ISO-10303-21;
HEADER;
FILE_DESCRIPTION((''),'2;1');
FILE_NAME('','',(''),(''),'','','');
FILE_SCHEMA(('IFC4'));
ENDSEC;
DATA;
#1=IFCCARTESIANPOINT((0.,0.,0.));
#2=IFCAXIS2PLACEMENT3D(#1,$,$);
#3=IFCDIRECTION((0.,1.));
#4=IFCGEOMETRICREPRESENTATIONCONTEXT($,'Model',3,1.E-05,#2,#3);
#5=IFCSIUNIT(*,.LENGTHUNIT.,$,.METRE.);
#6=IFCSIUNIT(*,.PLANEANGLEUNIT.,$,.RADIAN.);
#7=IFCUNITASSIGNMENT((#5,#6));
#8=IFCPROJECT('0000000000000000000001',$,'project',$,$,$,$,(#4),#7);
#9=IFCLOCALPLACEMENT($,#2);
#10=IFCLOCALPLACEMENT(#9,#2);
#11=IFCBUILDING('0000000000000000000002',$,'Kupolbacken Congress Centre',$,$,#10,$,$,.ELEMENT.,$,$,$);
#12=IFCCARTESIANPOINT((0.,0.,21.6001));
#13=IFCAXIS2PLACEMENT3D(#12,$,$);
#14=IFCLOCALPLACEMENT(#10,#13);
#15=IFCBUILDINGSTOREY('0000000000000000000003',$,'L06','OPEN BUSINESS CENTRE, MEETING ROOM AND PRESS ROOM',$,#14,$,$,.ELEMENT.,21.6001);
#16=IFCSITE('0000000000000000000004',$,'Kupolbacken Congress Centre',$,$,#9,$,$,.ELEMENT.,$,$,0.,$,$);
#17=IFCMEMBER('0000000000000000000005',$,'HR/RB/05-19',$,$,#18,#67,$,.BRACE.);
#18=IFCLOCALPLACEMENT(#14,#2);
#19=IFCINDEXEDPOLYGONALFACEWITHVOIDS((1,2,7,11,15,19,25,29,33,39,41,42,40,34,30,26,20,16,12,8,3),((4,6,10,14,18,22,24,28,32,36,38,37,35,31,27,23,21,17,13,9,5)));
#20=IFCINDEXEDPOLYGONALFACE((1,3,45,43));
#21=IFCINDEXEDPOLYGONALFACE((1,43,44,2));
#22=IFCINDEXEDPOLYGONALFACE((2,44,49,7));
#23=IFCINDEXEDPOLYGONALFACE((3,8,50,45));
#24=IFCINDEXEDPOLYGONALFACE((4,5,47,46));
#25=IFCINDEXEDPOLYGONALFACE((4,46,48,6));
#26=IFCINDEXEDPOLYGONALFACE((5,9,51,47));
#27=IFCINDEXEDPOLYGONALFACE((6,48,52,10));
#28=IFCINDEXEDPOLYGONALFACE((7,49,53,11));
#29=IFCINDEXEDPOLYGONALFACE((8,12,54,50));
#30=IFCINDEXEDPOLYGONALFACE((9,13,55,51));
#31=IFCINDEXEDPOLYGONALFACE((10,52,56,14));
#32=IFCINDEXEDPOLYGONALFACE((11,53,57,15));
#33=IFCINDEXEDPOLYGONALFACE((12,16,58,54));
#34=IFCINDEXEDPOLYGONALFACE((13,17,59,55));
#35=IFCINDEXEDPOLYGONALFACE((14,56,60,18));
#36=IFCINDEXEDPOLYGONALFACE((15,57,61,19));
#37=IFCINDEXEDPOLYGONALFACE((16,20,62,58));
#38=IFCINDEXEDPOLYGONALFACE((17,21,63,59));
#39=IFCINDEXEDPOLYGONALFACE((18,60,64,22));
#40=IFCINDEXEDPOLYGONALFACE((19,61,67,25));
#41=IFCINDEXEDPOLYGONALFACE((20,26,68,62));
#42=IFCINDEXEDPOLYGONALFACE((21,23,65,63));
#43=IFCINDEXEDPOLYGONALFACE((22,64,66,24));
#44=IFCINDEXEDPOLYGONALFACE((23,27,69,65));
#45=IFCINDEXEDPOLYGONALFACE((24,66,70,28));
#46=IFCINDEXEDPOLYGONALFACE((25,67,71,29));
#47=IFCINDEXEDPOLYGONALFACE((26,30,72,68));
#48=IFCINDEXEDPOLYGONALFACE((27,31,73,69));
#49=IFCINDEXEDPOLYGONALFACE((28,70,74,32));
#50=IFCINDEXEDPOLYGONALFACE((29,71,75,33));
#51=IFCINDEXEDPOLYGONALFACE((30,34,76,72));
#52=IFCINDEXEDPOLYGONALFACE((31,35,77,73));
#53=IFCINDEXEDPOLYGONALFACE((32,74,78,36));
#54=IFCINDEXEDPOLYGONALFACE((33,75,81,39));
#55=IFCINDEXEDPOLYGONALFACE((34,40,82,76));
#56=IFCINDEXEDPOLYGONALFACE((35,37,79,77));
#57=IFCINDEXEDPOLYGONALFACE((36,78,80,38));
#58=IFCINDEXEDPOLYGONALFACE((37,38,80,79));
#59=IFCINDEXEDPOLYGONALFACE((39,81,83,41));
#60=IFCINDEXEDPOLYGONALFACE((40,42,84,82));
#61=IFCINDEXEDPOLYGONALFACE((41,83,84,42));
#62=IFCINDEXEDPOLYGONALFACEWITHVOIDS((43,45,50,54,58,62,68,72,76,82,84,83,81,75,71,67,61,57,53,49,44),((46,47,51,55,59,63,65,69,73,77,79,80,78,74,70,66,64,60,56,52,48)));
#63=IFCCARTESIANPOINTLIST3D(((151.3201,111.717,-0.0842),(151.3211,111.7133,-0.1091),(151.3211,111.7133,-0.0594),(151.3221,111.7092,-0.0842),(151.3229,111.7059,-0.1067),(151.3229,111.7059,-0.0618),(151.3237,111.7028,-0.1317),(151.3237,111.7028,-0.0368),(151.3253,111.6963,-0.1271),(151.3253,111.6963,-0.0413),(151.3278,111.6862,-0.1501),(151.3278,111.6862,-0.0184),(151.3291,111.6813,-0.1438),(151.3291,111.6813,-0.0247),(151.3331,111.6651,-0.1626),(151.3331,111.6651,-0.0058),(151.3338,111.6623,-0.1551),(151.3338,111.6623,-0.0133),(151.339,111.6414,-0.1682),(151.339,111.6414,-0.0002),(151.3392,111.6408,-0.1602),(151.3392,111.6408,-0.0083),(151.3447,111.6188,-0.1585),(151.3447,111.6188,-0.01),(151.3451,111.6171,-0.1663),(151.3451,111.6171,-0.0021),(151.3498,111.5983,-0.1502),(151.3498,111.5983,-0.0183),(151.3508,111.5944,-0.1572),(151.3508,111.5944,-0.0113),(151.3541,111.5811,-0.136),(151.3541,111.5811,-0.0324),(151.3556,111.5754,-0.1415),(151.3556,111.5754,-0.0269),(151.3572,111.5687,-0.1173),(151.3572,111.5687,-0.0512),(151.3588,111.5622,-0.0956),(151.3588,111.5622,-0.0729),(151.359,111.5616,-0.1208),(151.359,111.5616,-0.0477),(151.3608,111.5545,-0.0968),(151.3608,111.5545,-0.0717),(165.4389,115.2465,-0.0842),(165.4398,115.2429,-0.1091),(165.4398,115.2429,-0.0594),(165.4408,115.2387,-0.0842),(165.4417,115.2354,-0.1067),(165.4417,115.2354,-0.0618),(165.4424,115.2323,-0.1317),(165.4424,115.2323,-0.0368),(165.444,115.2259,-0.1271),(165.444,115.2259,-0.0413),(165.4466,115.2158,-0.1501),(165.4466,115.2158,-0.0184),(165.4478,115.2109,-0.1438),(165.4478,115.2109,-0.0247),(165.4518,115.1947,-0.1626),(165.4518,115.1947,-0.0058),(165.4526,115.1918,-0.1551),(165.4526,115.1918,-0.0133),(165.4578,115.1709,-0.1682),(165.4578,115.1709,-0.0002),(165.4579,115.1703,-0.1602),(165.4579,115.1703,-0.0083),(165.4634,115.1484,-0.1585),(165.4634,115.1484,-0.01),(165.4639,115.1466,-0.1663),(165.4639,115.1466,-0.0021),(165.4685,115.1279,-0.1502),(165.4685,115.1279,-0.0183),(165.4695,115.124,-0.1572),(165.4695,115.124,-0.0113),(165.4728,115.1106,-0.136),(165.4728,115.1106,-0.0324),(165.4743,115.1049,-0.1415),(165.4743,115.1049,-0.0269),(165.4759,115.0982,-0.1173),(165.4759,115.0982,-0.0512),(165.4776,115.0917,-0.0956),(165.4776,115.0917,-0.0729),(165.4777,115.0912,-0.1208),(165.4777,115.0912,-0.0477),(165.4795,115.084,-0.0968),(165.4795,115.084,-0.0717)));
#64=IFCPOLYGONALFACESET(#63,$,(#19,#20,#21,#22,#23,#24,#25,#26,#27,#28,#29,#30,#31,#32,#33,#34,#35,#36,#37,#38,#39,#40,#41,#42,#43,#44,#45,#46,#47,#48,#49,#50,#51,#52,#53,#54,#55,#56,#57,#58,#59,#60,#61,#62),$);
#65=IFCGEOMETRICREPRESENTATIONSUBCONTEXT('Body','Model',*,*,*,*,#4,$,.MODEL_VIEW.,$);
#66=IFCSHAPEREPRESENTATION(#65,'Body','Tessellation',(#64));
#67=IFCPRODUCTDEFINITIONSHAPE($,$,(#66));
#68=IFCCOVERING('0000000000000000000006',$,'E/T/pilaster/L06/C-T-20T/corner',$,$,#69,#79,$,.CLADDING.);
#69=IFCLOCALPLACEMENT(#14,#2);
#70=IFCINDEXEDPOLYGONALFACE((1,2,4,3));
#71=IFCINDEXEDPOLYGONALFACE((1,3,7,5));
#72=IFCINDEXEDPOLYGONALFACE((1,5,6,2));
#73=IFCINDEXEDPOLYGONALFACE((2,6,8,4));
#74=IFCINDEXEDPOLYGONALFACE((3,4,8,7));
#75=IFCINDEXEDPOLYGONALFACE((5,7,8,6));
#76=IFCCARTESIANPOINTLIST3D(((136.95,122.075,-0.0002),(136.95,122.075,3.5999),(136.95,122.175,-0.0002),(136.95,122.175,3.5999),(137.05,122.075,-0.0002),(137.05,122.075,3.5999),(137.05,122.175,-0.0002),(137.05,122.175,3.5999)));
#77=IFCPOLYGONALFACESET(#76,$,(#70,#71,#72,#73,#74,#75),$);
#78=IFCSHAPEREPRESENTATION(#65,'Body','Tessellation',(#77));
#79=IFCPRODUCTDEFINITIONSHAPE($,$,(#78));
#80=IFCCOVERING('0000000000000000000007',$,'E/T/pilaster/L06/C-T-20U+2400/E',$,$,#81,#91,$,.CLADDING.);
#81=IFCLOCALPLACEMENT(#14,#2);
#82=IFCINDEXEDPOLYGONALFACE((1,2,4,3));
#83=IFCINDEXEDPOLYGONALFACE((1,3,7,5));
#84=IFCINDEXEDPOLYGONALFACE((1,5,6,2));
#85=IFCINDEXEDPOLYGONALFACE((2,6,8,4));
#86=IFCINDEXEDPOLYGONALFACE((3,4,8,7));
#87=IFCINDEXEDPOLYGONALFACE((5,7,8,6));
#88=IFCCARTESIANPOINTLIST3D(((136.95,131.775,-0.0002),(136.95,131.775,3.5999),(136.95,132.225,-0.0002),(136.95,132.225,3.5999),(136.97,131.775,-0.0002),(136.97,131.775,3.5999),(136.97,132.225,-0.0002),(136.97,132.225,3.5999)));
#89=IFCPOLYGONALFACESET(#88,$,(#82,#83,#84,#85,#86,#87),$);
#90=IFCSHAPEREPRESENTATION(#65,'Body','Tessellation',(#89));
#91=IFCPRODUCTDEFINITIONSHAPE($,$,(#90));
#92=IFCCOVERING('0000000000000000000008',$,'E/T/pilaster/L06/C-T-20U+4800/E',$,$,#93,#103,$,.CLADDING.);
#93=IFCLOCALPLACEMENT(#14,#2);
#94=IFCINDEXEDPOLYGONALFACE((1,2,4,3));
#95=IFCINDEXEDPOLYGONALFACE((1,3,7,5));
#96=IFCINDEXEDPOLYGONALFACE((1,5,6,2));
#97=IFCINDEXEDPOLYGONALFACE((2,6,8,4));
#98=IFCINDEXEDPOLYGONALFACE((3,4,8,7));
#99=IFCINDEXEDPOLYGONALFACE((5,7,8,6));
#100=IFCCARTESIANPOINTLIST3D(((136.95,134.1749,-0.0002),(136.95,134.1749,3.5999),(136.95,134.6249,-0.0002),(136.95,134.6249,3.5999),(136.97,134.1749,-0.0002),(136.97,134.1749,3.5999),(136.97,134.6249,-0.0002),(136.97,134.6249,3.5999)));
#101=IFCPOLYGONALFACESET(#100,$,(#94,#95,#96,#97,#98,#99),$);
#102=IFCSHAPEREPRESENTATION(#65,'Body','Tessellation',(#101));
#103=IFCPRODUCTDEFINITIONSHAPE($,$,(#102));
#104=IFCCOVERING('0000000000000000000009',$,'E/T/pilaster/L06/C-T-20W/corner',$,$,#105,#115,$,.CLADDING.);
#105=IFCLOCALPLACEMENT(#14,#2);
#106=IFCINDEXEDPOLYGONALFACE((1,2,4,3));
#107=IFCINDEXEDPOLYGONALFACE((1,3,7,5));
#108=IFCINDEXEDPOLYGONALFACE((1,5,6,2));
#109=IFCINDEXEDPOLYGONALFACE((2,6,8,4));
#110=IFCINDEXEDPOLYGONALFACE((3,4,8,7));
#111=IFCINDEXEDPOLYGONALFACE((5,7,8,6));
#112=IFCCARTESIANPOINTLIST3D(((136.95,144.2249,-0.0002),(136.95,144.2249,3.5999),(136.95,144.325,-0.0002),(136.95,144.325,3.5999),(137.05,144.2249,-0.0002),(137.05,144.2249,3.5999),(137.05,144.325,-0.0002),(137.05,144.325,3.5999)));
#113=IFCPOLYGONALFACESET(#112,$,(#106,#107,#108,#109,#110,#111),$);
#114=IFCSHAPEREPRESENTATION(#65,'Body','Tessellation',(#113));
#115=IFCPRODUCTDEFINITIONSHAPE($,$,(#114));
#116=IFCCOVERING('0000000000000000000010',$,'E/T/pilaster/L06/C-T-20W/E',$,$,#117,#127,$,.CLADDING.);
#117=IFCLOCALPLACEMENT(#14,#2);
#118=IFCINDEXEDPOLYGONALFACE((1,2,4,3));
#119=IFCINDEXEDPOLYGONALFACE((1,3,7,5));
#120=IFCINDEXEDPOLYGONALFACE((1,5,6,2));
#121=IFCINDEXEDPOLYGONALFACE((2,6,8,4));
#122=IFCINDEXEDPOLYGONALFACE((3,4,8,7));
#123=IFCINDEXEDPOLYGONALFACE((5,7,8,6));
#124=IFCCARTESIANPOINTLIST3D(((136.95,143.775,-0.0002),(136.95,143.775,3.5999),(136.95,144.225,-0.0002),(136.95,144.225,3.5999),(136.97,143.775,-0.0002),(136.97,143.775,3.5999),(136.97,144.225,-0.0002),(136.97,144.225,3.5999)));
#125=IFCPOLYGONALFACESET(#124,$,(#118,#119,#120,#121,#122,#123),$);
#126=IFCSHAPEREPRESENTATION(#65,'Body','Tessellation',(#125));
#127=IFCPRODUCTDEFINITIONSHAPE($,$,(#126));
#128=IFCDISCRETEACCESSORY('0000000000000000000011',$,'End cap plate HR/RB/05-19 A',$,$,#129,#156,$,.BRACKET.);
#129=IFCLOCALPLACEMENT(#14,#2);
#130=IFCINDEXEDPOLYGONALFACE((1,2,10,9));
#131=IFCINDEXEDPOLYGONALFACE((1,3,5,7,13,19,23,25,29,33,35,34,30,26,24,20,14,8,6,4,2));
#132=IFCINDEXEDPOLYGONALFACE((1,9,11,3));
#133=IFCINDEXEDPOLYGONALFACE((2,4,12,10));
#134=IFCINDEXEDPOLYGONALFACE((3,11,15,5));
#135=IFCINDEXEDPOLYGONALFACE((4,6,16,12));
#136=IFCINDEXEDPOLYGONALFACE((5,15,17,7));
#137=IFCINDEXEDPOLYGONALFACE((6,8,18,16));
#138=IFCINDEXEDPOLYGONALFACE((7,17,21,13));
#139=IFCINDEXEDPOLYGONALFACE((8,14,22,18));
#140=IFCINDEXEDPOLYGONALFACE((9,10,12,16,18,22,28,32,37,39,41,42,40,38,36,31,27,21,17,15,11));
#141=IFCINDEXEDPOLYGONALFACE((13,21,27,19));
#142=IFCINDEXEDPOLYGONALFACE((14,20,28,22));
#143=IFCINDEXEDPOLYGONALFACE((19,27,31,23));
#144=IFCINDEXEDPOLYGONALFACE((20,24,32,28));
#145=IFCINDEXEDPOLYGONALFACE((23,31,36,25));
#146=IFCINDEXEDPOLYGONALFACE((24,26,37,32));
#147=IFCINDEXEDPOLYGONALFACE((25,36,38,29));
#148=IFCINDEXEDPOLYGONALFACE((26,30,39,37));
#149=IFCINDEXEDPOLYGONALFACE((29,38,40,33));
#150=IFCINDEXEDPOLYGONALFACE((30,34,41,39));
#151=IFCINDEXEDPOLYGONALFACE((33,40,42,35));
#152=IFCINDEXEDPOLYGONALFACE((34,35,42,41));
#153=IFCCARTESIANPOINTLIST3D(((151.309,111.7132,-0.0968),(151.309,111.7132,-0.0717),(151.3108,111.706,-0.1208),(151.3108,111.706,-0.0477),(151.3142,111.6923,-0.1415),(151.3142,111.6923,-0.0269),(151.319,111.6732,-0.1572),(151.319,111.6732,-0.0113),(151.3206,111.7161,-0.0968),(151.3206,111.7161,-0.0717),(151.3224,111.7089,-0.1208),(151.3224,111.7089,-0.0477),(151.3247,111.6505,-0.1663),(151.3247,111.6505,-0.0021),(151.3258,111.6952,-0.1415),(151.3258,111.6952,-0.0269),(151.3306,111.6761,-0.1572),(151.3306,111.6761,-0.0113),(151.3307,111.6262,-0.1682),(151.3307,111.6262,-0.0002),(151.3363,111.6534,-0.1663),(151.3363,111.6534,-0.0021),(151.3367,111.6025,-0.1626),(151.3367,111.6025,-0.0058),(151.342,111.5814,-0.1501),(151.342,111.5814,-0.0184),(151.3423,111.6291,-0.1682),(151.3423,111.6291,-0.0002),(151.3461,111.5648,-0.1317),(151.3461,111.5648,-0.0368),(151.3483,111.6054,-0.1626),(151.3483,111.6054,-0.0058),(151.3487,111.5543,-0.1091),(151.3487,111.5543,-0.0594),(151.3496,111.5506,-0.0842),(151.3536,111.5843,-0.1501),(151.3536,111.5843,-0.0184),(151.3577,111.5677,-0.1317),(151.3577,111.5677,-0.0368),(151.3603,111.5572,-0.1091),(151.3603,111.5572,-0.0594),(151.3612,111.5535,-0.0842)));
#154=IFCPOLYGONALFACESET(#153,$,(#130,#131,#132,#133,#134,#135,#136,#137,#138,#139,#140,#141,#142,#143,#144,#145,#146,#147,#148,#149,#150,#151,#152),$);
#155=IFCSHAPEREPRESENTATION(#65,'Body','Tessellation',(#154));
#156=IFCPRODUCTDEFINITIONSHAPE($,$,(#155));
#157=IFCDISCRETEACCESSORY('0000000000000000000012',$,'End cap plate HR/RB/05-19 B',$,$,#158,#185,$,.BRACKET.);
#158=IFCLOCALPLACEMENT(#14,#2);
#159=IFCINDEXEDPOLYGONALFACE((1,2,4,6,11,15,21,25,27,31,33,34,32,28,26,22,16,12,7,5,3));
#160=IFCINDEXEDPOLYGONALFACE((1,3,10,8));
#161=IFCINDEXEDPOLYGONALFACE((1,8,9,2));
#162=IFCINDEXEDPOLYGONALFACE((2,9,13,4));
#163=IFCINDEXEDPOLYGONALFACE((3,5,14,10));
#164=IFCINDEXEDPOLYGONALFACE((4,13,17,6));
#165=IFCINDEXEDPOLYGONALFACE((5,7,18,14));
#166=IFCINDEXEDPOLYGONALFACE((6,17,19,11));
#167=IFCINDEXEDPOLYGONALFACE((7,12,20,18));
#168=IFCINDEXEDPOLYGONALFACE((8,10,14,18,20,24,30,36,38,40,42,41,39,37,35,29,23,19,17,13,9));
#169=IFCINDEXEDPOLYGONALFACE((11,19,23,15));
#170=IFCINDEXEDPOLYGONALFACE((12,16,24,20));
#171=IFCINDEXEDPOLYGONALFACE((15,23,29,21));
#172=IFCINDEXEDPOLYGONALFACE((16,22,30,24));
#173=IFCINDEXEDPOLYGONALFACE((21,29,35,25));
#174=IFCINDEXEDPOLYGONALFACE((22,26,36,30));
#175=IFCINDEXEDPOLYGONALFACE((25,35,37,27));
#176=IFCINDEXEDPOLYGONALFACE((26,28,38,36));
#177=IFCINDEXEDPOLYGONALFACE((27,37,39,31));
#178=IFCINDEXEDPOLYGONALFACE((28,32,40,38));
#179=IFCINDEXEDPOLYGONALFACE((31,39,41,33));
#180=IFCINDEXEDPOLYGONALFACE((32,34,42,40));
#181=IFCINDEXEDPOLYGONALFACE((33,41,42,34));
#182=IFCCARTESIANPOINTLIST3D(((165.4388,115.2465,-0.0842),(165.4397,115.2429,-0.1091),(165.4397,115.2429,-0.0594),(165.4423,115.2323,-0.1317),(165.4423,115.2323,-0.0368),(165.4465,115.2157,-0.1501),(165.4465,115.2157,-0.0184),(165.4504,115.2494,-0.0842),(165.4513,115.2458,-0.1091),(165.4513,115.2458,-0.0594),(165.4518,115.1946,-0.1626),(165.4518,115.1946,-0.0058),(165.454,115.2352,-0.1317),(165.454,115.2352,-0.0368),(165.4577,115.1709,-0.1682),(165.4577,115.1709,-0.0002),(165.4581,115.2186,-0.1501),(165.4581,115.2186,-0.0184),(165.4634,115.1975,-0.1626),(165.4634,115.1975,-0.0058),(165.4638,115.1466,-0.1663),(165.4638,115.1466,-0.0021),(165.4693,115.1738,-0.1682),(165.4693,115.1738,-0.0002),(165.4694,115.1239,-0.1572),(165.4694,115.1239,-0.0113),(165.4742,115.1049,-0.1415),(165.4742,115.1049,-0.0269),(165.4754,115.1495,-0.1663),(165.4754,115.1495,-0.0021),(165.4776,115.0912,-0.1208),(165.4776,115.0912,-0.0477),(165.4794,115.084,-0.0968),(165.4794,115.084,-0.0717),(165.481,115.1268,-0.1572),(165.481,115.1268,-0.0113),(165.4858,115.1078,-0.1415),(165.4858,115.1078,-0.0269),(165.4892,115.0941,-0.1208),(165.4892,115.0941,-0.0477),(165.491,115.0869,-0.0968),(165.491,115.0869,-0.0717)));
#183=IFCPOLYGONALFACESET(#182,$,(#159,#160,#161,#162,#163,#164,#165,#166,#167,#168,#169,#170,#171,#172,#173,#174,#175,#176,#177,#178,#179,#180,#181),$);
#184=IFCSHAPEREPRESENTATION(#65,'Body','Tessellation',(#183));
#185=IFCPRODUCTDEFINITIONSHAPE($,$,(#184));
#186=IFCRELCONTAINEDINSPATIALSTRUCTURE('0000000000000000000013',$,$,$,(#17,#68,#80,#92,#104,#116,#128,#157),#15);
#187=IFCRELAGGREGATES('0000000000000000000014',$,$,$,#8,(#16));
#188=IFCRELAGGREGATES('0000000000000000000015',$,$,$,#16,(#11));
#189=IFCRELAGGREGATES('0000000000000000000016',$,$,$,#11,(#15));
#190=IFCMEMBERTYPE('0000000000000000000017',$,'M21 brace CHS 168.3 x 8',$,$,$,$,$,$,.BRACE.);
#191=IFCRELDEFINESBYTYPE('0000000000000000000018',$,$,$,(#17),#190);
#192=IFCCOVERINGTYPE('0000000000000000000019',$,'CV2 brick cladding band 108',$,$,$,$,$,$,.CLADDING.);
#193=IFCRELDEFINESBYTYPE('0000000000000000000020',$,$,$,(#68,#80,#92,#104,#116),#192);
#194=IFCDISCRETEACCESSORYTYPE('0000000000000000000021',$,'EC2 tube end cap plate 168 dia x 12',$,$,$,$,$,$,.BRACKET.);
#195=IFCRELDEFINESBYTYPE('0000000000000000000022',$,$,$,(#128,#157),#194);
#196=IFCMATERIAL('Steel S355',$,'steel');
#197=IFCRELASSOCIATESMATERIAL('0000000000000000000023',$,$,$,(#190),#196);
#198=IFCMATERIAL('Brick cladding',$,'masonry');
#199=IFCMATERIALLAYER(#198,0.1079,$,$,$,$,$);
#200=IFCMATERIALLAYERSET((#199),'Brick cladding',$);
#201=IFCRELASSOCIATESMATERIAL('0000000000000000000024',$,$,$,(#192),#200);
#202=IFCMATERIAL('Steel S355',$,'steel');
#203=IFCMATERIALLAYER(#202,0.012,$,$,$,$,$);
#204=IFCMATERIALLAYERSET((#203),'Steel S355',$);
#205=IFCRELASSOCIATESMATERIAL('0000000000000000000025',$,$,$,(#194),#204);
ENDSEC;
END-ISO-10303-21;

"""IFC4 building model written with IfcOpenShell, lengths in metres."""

from ifc_helpers import new_model, si_unit, direction, frame, origin, origin_2d, place, context, subcontext, project, spatial, rectangle, circle, hollow_circle, extrude, material, layer, layer_set, material_profile, profile_set, type_object, element, save


model = new_model("IFC4")

# Units and contexts
model_context = context("Model", 3, precision=1e-05, world=origin(), true_north=direction((0.0, 1.0)))
body_context = subcontext(model_context, "Body", "Model", "MODEL_VIEW")
ifc_project = project(units=[si_unit("LENGTHUNIT", "METRE"), si_unit("PLANEANGLEUNIT", "RADIAN")], contexts=[model_context])

# Site, building, storey
site_placement = place(None, origin())
site = spatial("IfcSite", under=ifc_project, at=site_placement, Name="Kupolbacken Congress Centre", CompositionType="ELEMENT", RefElevation=0.0)
building_placement = place(site_placement, origin())
building = spatial("IfcBuilding", under=site, at=building_placement, Name="Kupolbacken Congress Centre", CompositionType="ELEMENT")
storey_placement = place(building_placement, frame((0.0, 0.0, 21.6001)))
storey = spatial("IfcBuildingStorey", under=building, at=storey_placement, Name="L06", Description="OPEN BUSINESS CENTRE, MEETING ROOM AND PRESS ROOM", CompositionType="ELEMENT", Elevation=21.6001)

# Member
ifc_material_1 = material(Name="Steel S355", Category="steel")
ifc_material_profile_1 = material_profile(ifc_material_1, hollow_circle(Radius=0.0842, WallThickness=0.0081, at=origin_2d()), Name="CHS 168.3 x 8")
ifc_profile_set_1 = profile_set([ifc_material_profile_1], Name="Steel S355")
member_type = type_object("IfcMemberType", Name="M21 brace CHS 168.3 x 8", PredefinedType="BRACE", material=ifc_profile_set_1)
member_placement = place(storey_placement, frame((151.3406, 111.6353, -0.0842), z_axis=(0.970144, 0.242528, 0.0), x_axis=(-0.242528, 0.970144, 0.0)))
element("IfcMember", 1, at=member_placement, inside=storey, type_object=member_type, Name="HR/RB/05-19", PredefinedType="BRACE", context=body_context, shape_type="SweptSolid", body=[
    extrude(hollow_circle(Radius=0.0842, WallThickness=0.0081, at=origin_2d()), origin(), (0.0, 0.0, 1.0), 14.5532),
])

# Coverings
ifc_material_2 = material(Name="Brick cladding", Category="masonry")
ifc_layer_1 = layer(ifc_material_2, 0.1079)
ifc_layer_set_1 = layer_set([ifc_layer_1], Name="Brick cladding")
covering_type = type_object("IfcCoveringType", Name="CV2 brick cladding band 108", PredefinedType="CLADDING", material=ifc_layer_set_1)
covering_1_placement = place(storey_placement, frame((137.0, 122.125, -0.0002), z_axis=(0.0, 0.0, 1.0), x_axis=(1.0, 0.0, 0.0)))
element("IfcCovering", 2, at=covering_1_placement, inside=storey, type_object=covering_type, Name="E/T/pilaster/L06/C-T-20T/corner", PredefinedType="CLADDING", context=body_context, shape_type="SweptSolid", body=[
    extrude(rectangle(XDim=0.1001, YDim=0.1001, at=origin_2d()), origin(), (0.0, 0.0, 1.0), 3.6001),
])
for number, where, z_axis, x_axis, name in (
    (3, (136.96, 132.0, -0.0002), (0.0, 0.0, 1.0), (1.0, 0.0, 0.0), "E/T/pilaster/L06/C-T-20U+2400/E"),
    (4, (136.96, 134.3999, -0.0002), (0.0, 0.0, 1.0), (1.0, 0.0, 0.0), "E/T/pilaster/L06/C-T-20U+4800/E"),
):
    element("IfcCovering", number, at=place(storey_placement, frame(where, z_axis=z_axis, x_axis=x_axis)), inside=storey, type_object=covering_type, Name=name, PredefinedType="CLADDING", context=body_context, shape_type="SweptSolid", body=[
        extrude(rectangle(XDim=0.02, YDim=0.45, at=origin_2d()), origin(), (0.0, 0.0, 1.0), 3.6001),
    ])
covering_2_placement = place(storey_placement, frame((137.0, 144.2749, -0.0002), z_axis=(0.0, 0.0, 1.0), x_axis=(1.0, 0.0, 0.0)))
element("IfcCovering", 5, at=covering_2_placement, inside=storey, type_object=covering_type, Name="E/T/pilaster/L06/C-T-20W/corner", PredefinedType="CLADDING", context=body_context, shape_type="SweptSolid", body=[
    extrude(rectangle(XDim=0.1001, YDim=0.1001, at=origin_2d()), origin(), (0.0, 0.0, 1.0), 3.6001),
])
covering_3_placement = place(storey_placement, frame((136.96, 144.0, -0.0002), z_axis=(0.0, 0.0, 1.0), x_axis=(1.0, 0.0, 0.0)))
element("IfcCovering", 6, at=covering_3_placement, inside=storey, type_object=covering_type, Name="E/T/pilaster/L06/C-T-20W/E", PredefinedType="CLADDING", context=body_context, shape_type="SweptSolid", body=[
    extrude(rectangle(XDim=0.02, YDim=0.45, at=origin_2d()), origin(), (0.0, 0.0, 1.0), 3.6001),
])

# Discrete accessories
ifc_material_3 = material(Name="Steel S355", Category="steel")
ifc_layer_2 = layer(ifc_material_3, 0.012)
ifc_layer_set_2 = layer_set([ifc_layer_2], Name="Steel S355")
discrete_accessory_type = type_object("IfcDiscreteAccessoryType", Name="EC2 tube end cap plate 168 dia x 12", PredefinedType="BRACKET", material=ifc_layer_set_2)
for number, where, z_axis, x_axis, name in (
    (7, (151.3408, 111.6353, -0.0842), (-0.970143, -0.242536, 0.0), (0.242536, -0.970143, 0.0), "End cap plate HR/RB/05-19 A"),
    (8, (165.4592, 115.1648, -0.0842), (0.970143, 0.242536, 0.0), (-0.242536, 0.970143, 0.0), "End cap plate HR/RB/05-19 B"),
):
    element("IfcDiscreteAccessory", number, at=place(storey_placement, frame(where, z_axis=z_axis, x_axis=x_axis)), inside=storey, type_object=discrete_accessory_type, Name=name, PredefinedType="BRACKET", context=body_context, shape_type="SweptSolid", body=[
        extrude(circle(Radius=0.0842, at=origin_2d()), origin(), (0.0, 0.0, 1.0), 0.012),
    ])

save(model, "model.ifc")
